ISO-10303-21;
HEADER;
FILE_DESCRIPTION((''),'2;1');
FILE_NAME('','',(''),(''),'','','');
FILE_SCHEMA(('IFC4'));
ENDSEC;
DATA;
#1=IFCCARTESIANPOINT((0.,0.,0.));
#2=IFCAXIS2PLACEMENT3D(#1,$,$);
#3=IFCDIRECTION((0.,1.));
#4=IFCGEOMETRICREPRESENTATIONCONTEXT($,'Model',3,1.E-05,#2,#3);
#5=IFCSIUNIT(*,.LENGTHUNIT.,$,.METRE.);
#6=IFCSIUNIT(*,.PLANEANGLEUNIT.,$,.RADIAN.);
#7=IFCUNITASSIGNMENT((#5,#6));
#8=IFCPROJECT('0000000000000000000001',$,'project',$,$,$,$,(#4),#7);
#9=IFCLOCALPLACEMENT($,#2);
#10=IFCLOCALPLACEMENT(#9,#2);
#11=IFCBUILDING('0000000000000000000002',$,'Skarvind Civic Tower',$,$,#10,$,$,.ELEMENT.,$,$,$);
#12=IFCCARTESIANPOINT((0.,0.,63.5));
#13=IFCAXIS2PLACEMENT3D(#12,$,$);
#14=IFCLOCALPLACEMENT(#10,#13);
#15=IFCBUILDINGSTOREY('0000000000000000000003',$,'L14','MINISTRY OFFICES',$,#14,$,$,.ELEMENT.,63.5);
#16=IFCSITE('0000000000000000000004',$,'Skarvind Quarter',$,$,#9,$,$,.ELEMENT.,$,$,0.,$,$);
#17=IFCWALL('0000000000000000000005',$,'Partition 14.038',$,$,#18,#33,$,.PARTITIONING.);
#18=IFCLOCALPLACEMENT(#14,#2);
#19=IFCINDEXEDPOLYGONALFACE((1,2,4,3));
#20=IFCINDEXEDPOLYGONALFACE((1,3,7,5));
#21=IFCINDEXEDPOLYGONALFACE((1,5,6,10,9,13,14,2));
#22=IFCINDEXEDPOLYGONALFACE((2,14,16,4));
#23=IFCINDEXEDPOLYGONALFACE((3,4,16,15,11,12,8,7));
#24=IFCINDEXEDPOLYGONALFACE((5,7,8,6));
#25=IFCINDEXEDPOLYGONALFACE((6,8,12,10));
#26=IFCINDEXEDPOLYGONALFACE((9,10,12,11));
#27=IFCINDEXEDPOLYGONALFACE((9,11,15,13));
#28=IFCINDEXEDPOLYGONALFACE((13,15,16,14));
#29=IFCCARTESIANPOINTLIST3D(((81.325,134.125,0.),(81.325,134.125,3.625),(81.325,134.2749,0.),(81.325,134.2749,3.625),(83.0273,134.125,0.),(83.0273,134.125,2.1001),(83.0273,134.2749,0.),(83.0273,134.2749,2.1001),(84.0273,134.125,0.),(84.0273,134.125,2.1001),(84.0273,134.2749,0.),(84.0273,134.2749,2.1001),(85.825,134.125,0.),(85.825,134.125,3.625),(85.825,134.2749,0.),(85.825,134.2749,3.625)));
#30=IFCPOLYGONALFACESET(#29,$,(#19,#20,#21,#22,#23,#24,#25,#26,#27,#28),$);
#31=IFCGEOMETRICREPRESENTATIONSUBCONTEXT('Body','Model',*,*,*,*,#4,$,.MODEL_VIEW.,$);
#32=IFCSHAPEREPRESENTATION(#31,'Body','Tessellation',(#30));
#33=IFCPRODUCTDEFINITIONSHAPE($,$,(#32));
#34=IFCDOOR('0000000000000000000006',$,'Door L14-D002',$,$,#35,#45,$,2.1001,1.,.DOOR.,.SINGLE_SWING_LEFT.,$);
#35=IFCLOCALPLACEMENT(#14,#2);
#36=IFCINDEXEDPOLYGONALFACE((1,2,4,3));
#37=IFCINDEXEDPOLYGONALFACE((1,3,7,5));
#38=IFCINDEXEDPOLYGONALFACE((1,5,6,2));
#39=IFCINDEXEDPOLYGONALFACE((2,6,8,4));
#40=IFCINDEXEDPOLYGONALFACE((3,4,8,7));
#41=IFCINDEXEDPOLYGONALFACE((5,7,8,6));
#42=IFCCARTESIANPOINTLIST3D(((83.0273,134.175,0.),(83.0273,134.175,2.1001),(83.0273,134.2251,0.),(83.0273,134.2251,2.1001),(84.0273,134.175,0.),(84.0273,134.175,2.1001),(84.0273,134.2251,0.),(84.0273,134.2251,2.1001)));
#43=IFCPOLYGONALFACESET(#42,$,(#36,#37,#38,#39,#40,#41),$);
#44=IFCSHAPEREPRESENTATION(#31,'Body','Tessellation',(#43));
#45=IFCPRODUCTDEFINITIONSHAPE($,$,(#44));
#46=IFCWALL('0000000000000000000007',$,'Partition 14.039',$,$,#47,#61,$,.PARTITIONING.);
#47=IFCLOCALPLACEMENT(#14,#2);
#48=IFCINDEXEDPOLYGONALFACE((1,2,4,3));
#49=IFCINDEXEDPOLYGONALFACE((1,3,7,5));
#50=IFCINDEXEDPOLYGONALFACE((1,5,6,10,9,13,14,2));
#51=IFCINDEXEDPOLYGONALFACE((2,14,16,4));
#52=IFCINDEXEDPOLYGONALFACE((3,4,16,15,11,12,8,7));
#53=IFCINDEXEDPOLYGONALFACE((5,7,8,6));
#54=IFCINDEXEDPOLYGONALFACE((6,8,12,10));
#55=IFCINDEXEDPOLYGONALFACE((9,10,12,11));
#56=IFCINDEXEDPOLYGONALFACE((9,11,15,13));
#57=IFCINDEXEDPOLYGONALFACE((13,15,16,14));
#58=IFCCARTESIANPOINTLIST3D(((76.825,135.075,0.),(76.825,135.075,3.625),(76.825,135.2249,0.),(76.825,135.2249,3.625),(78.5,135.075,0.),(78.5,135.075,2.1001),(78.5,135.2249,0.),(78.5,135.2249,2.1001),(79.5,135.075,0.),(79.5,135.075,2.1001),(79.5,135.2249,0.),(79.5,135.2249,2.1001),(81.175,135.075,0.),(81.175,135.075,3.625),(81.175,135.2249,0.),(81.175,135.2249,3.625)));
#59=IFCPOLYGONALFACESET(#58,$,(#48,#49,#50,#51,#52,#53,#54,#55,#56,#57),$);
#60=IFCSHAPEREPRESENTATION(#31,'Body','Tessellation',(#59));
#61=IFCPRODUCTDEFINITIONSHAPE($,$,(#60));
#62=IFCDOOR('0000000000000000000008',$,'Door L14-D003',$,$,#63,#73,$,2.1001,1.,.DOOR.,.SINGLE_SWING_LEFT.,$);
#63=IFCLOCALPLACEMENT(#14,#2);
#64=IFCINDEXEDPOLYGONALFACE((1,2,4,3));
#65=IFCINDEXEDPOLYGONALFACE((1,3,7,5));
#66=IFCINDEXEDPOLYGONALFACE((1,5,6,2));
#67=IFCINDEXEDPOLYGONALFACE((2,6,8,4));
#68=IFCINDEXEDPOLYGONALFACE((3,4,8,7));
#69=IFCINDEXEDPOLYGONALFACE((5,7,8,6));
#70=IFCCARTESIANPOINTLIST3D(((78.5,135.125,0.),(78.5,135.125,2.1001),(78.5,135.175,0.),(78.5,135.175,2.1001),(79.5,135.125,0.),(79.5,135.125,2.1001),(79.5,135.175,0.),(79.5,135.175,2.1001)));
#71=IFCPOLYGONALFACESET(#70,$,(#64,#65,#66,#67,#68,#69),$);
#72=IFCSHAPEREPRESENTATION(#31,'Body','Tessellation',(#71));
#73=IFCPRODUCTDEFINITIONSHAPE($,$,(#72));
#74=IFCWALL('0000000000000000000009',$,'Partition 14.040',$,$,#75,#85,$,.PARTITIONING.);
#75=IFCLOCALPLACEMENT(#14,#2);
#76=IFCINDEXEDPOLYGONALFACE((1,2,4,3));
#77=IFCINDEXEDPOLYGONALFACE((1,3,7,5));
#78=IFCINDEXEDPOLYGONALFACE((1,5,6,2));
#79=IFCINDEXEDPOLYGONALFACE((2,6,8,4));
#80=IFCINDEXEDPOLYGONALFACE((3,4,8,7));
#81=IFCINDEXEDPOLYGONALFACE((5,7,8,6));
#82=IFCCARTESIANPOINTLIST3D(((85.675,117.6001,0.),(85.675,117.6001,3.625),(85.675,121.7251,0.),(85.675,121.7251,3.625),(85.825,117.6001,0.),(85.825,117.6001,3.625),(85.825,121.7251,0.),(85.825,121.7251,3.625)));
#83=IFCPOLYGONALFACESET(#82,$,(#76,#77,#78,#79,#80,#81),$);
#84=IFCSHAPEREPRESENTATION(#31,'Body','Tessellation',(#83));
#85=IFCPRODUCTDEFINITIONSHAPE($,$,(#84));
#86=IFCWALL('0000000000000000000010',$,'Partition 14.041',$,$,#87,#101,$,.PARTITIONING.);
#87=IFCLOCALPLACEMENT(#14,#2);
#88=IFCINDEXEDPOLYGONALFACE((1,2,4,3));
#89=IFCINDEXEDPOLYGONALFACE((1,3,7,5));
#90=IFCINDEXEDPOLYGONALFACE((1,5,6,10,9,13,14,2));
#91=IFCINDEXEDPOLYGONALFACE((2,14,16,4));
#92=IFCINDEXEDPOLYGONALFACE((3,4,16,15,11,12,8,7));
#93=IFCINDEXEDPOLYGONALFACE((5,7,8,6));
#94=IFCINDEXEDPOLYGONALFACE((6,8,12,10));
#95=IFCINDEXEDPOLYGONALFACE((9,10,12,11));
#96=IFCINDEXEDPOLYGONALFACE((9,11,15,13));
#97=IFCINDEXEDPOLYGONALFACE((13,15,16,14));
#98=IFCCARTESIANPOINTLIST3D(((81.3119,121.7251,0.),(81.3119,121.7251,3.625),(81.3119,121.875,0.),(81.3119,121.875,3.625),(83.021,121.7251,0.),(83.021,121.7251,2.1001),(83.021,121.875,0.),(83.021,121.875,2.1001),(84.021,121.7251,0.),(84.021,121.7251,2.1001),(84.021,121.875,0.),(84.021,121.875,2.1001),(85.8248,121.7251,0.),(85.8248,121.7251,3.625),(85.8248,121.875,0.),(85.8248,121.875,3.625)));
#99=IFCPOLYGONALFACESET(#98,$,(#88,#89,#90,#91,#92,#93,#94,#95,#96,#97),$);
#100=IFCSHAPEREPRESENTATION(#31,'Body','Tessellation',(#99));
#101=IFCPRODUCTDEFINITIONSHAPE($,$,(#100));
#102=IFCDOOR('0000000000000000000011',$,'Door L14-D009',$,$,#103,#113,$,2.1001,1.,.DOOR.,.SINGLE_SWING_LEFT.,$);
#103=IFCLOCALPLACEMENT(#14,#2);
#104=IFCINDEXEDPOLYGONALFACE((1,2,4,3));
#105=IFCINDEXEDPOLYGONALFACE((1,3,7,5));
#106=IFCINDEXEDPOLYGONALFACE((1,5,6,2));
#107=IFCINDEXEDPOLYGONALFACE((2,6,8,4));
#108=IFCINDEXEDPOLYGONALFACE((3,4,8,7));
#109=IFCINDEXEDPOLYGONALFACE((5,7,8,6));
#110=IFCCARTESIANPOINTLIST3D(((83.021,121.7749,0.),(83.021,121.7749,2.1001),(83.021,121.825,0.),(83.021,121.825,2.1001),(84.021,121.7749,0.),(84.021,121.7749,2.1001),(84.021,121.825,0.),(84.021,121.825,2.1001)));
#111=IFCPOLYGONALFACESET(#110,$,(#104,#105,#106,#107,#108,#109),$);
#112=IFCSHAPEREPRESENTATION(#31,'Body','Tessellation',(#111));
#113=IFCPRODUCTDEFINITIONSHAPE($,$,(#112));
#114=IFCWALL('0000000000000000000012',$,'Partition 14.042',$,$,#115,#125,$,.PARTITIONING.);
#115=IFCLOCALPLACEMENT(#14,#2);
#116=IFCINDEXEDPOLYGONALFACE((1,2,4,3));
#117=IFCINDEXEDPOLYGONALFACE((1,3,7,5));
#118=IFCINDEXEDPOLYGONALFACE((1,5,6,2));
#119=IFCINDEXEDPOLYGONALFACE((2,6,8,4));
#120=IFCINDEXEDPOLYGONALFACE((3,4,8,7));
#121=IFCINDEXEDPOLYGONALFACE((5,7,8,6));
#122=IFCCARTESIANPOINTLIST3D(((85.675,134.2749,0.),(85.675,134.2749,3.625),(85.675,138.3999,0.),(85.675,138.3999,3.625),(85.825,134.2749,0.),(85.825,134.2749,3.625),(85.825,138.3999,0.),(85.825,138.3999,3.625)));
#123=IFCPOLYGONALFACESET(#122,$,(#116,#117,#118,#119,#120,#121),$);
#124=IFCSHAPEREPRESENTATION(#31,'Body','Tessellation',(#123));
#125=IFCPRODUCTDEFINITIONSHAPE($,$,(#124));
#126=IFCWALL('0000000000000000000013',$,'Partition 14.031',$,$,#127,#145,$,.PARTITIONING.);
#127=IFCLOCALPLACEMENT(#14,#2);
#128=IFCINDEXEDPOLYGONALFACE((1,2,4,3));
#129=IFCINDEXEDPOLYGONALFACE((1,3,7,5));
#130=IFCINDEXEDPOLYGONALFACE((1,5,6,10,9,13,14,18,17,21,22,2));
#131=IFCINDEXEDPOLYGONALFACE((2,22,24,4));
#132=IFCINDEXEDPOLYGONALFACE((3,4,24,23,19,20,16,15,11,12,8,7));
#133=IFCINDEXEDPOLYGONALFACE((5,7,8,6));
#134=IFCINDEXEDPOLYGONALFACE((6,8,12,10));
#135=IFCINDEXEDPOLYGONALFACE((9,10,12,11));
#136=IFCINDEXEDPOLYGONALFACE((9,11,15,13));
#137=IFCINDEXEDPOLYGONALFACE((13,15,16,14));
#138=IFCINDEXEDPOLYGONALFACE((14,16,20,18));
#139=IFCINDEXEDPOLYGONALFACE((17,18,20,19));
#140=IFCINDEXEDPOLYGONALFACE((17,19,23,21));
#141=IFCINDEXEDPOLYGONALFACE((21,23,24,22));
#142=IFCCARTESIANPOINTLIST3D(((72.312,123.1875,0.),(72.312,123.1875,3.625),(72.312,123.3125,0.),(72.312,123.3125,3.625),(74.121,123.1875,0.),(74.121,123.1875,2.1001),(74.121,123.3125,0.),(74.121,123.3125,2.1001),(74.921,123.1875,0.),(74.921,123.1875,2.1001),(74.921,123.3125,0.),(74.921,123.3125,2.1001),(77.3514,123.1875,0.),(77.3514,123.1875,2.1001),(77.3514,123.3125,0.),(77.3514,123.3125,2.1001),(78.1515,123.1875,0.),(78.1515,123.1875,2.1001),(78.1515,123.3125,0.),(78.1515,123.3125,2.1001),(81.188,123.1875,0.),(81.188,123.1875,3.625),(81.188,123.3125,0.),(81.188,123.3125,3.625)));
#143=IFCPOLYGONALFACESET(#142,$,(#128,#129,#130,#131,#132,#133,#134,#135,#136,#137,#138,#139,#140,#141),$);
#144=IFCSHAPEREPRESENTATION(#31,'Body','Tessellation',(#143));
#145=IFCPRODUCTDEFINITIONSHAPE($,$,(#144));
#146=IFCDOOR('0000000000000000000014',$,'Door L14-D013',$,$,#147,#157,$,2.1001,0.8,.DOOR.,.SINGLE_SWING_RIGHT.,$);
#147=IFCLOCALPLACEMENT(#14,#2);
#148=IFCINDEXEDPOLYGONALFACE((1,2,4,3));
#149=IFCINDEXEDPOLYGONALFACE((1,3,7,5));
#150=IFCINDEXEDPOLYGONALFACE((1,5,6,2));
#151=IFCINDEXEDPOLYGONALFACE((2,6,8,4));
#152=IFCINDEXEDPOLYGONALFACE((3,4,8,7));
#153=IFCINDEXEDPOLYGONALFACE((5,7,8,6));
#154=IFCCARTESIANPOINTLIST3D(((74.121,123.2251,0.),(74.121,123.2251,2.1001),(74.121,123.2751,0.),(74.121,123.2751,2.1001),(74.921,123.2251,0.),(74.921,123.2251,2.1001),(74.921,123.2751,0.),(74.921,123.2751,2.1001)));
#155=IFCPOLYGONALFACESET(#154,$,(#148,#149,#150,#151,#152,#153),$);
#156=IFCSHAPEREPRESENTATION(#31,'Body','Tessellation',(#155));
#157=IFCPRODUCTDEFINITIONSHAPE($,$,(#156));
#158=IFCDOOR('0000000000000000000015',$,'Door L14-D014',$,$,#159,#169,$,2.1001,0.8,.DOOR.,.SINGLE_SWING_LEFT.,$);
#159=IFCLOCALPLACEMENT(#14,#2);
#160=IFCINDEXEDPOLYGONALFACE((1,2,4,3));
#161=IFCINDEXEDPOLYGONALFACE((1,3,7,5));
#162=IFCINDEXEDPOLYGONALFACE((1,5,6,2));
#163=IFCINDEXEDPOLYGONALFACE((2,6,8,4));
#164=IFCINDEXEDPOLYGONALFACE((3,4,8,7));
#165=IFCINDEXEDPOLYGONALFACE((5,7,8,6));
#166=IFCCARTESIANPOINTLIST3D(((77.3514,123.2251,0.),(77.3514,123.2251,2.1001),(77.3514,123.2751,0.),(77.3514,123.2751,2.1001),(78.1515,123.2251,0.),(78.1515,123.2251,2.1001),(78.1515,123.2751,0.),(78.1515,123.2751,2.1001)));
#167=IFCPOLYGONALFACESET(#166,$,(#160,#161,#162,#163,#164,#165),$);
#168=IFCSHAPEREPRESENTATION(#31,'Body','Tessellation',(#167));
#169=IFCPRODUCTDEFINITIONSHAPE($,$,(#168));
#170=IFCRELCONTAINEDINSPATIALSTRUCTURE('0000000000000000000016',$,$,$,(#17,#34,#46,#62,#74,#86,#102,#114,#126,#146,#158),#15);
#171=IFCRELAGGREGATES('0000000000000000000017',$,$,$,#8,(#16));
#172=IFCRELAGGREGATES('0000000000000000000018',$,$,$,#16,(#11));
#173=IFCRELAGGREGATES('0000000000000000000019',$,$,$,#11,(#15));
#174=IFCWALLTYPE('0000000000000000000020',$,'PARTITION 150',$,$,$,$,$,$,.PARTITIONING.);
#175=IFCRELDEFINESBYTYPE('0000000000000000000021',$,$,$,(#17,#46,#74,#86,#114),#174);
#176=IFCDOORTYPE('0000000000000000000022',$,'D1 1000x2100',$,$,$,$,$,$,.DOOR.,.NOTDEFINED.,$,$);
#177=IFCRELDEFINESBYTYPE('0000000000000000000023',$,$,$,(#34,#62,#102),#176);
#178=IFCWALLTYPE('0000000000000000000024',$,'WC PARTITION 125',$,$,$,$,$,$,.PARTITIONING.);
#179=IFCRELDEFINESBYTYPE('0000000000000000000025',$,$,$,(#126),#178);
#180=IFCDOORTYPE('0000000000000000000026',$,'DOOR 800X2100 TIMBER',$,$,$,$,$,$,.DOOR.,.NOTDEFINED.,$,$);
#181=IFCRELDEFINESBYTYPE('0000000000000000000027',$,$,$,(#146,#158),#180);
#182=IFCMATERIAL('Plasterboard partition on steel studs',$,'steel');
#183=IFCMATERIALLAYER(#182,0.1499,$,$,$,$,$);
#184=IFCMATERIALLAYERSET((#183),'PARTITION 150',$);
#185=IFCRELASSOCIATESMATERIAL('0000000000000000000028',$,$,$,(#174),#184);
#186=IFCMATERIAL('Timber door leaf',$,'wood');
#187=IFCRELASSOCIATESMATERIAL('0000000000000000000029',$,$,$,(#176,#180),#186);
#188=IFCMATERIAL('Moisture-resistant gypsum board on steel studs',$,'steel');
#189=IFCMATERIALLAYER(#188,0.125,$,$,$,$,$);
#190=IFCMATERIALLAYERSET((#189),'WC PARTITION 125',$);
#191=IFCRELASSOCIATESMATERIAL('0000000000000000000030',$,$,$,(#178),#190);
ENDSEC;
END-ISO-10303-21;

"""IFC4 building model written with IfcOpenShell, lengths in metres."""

from ifc_helpers import new_model, si_unit, direction, frame, frame_2d, origin, place, context, subcontext, project, spatial, rectangle, extrude, material, layer, layer_set, type_object, element, fill, save


model = new_model("IFC4")

# Units and contexts
model_context = context("Model", 3, precision=1e-05, world=origin(), true_north=direction((0.0, 1.0)))
body_context = subcontext(model_context, "Body", "Model", "MODEL_VIEW")
ifc_project = project(units=[si_unit("LENGTHUNIT", "METRE"), si_unit("PLANEANGLEUNIT", "RADIAN")], contexts=[model_context])

# Site, building, storey
site_placement = place(None, origin())
site = spatial("IfcSite", under=ifc_project, at=site_placement, Name="Skarvind Quarter", CompositionType="ELEMENT", RefElevation=0.0)
building_placement = place(site_placement, origin())
building = spatial("IfcBuilding", under=site, at=building_placement, Name="Skarvind Civic Tower", CompositionType="ELEMENT")
storey_placement = place(building_placement, frame((0.0, 0.0, 63.5)))
storey = spatial("IfcBuildingStorey", under=building, at=storey_placement, Name="L14", Description="MINISTRY OFFICES", CompositionType="ELEMENT", Elevation=63.5)

# Shared definitions
ifc_material_1 = material(Name="Plasterboard partition on steel studs", Category="steel")
ifc_layer_1 = layer(ifc_material_1, 0.1499)
ifc_layer_set_1 = layer_set([ifc_layer_1], Name="PARTITION 150")
wall_type_1 = type_object("IfcWallType", Name="PARTITION 150", PredefinedType="PARTITIONING", material=ifc_layer_set_1)

# Walls, openings, doors
ifc_material_2 = material(Name="Timber door leaf", Category="wood")
wall_1_placement = place(storey_placement, frame((85.825, 134.2, 0.0), z_axis=(0.0, 0.0, 1.0), x_axis=(-1.0, 0.0, 0.0)))
wall_1 = element("IfcWall", 1, at=wall_1_placement, inside=storey, type_object=wall_type_1, Name="Partition 14.038", PredefinedType="PARTITIONING", context=body_context, shape_type="SweptSolid", body=[
    extrude(rectangle(XDim=4.5, YDim=0.1499, at=frame_2d((2.25, 0.0))), origin(), (0.0, 0.0, 1.0), 3.625),
])
opening_1_placement = place(wall_1_placement, frame((1.7976, 0.0, 0.0)))
opening_1 = element("IfcOpeningElement", 2, at=opening_1_placement, cuts=wall_1, PredefinedType="OPENING", context=body_context, shape_type="SweptSolid", body=[
    extrude(rectangle(XDim=1.0, YDim=2.1001, at=frame_2d((0.5, 1.05))), frame((0.0, 0.085, 0.0), z_axis=(0.0, -1.0, 0.0), x_axis=(1.0, 0.0, 0.0)), (0.0, 0.0, 1.0), 0.1699),
])
door_type_1 = type_object("IfcDoorType", Name="D1 1000x2100", OperationType="NOTDEFINED", PredefinedType="DOOR", material=ifc_material_2)
door_1_placement = place(opening_1_placement, origin())
door_1 = element("IfcDoor", 3, at=door_1_placement, inside=storey, type_object=door_type_1, Name="Door L14-D002", OperationType="SINGLE_SWING_LEFT", OverallHeight=2.1001, OverallWidth=1.0, PredefinedType="DOOR", context=body_context, shape_type="SweptSolid", body=[
    extrude(rectangle(XDim=1.0, YDim=2.1001, at=frame_2d((0.5, 1.05))), frame((0.0, 0.0249, 0.0), z_axis=(0.0, -1.0, 0.0), x_axis=(1.0, 0.0, 0.0)), (0.0, 0.0, 1.0), 0.05),
])
fill(opening_1, door_1)
wall_2_placement = place(storey_placement, frame((81.175, 135.1499, 0.0), z_axis=(0.0, 0.0, 1.0), x_axis=(-1.0, 0.0, 0.0)))
wall_2 = element("IfcWall", 4, at=wall_2_placement, inside=storey, type_object=wall_type_1, Name="Partition 14.039", PredefinedType="PARTITIONING", context=body_context, shape_type="SweptSolid", body=[
    extrude(rectangle(XDim=4.3501, YDim=0.1499, at=frame_2d((2.175, 0.0))), origin(), (0.0, 0.0, 1.0), 3.625),
])
opening_2_placement = place(wall_2_placement, frame((1.675, 0.0, 0.0)))
opening_2 = element("IfcOpeningElement", 5, at=opening_2_placement, cuts=wall_2, PredefinedType="OPENING", context=body_context, shape_type="SweptSolid", body=[
    extrude(rectangle(XDim=1.0, YDim=2.1001, at=frame_2d((0.5, 1.05))), frame((0.0, 0.085, 0.0), z_axis=(0.0, -1.0, 0.0), x_axis=(1.0, 0.0, 0.0)), (0.0, 0.0, 1.0), 0.1699),
])
door_2_placement = place(opening_2_placement, origin())
door_2 = element("IfcDoor", 6, at=door_2_placement, inside=storey, type_object=door_type_1, Name="Door L14-D003", OperationType="SINGLE_SWING_LEFT", OverallHeight=2.1001, OverallWidth=1.0, PredefinedType="DOOR", context=body_context, shape_type="SweptSolid", body=[
    extrude(rectangle(XDim=1.0, YDim=2.1001, at=frame_2d((0.5, 1.05))), frame((0.0, 0.0249, 0.0), z_axis=(0.0, -1.0, 0.0), x_axis=(1.0, 0.0, 0.0)), (0.0, 0.0, 1.0), 0.05),
])
fill(opening_2, door_2)

# Wall
wall_3_placement = place(storey_placement, frame((85.75, 117.6001, 0.0), z_axis=(0.0, 0.0, 1.0), x_axis=(0.0, 1.0, 0.0)))
element("IfcWall", 7, at=wall_3_placement, inside=storey, type_object=wall_type_1, Name="Partition 14.040", PredefinedType="PARTITIONING", context=body_context, shape_type="SweptSolid", body=[
    extrude(rectangle(XDim=4.125, YDim=0.1499, at=frame_2d((2.0625, 0.0))), origin(), (0.0, 0.0, 1.0), 3.625),
])

# Wall, opening, door
wall_4_placement = place(storey_placement, frame((81.312, 121.8, 0.0), z_axis=(0.0, 0.0, 1.0), x_axis=(1.0, 0.0, 0.0)))
wall_4 = element("IfcWall", 8, at=wall_4_placement, inside=storey, type_object=wall_type_1, Name="Partition 14.041", PredefinedType="PARTITIONING", context=body_context, shape_type="SweptSolid", body=[
    extrude(rectangle(XDim=4.5129, YDim=0.1499, at=frame_2d((2.2563, 0.0))), origin(), (0.0, 0.0, 1.0), 3.625),
])
opening_3_placement = place(wall_4_placement, frame((1.709, 0.0, 0.0)))
opening_3 = element("IfcOpeningElement", 9, at=opening_3_placement, cuts=wall_4, PredefinedType="OPENING", context=body_context, shape_type="SweptSolid", body=[
    extrude(rectangle(XDim=1.0, YDim=2.1001, at=frame_2d((0.5, 1.05))), frame((0.0, 0.085, 0.0), z_axis=(0.0, -1.0, 0.0), x_axis=(1.0, 0.0, 0.0)), (0.0, 0.0, 1.0), 0.1699),
])
door_3_placement = place(opening_3_placement, origin())
door_3 = element("IfcDoor", 10, at=door_3_placement, inside=storey, type_object=door_type_1, Name="Door L14-D009", OperationType="SINGLE_SWING_LEFT", OverallHeight=2.1001, OverallWidth=1.0, PredefinedType="DOOR", context=body_context, shape_type="SweptSolid", body=[
    extrude(rectangle(XDim=1.0, YDim=2.1001, at=frame_2d((0.5, 1.05))), frame((0.0, 0.0249, 0.0), z_axis=(0.0, -1.0, 0.0), x_axis=(1.0, 0.0, 0.0)), (0.0, 0.0, 1.0), 0.05),
])
fill(opening_3, door_3)

# Wall
wall_5_placement = place(storey_placement, frame((85.75, 134.2749, 0.0), z_axis=(0.0, 0.0, 1.0), x_axis=(0.0, 1.0, 0.0)))
element("IfcWall", 11, at=wall_5_placement, inside=storey, type_object=wall_type_1, Name="Partition 14.042", PredefinedType="PARTITIONING", context=body_context, shape_type="SweptSolid", body=[
    extrude(rectangle(XDim=4.125, YDim=0.1499, at=frame_2d((2.0625, 0.0))), origin(), (0.0, 0.0, 1.0), 3.625),
])

# Wall, openings, doors
ifc_material_3 = material(Name="Moisture-resistant gypsum board on steel studs", Category="steel")
ifc_layer_2 = layer(ifc_material_3, 0.125)
ifc_layer_set_2 = layer_set([ifc_layer_2], Name="WC PARTITION 125")
wall_type_2 = type_object("IfcWallType", Name="WC PARTITION 125", PredefinedType="PARTITIONING", material=ifc_layer_set_2)
wall_6_placement = place(storey_placement, frame((81.188, 123.25, 0.0), z_axis=(0.0, 0.0, 1.0), x_axis=(-1.0, 0.0, 0.0)))
wall_6 = element("IfcWall", 12, at=wall_6_placement, inside=storey, type_object=wall_type_2, Name="Partition 14.031", PredefinedType="PARTITIONING", context=body_context, shape_type="SweptSolid", body=[
    extrude(rectangle(XDim=8.876, YDim=0.125, at=frame_2d((4.438, 0.0))), origin(), (0.0, 0.0, 1.0), 3.625),
])
opening_4_placement = place(wall_6_placement, frame((6.2671, 0.0, 0.0)))
opening_4 = element("IfcOpeningElement", 13, at=opening_4_placement, cuts=wall_6, PredefinedType="OPENING", context=body_context, shape_type="SweptSolid", body=[
    extrude(rectangle(XDim=0.8, YDim=2.1001, at=frame_2d((0.3999, 1.05))), frame((0.0, 0.0725, 0.0), z_axis=(0.0, -1.0, 0.0), x_axis=(1.0, 0.0, 0.0)), (0.0, 0.0, 1.0), 0.145),
])
opening_5_placement = place(wall_6_placement, frame((3.0366, 0.0, 0.0)))
opening_5 = element("IfcOpeningElement", 14, at=opening_5_placement, cuts=wall_6, PredefinedType="OPENING", context=body_context, shape_type="SweptSolid", body=[
    extrude(rectangle(XDim=0.8, YDim=2.1001, at=frame_2d((0.3999, 1.05))), frame((0.0, 0.0725, 0.0), z_axis=(0.0, -1.0, 0.0), x_axis=(1.0, 0.0, 0.0)), (0.0, 0.0, 1.0), 0.145),
])
door_type_2 = type_object("IfcDoorType", Name="DOOR 800X2100 TIMBER", OperationType="NOTDEFINED", PredefinedType="DOOR", material=ifc_material_2)
door_4_placement = place(opening_4_placement, origin())
door_4 = element("IfcDoor", 15, at=door_4_placement, inside=storey, type_object=door_type_2, Name="Door L14-D013", OperationType="SINGLE_SWING_RIGHT", OverallHeight=2.1001, OverallWidth=0.8, PredefinedType="DOOR", context=body_context, shape_type="SweptSolid", body=[
    extrude(rectangle(XDim=0.8, YDim=2.1001, at=frame_2d((0.3999, 1.05))), frame((0.0, 0.0249, 0.0), z_axis=(0.0, -1.0, 0.0), x_axis=(1.0, 0.0, 0.0)), (0.0, 0.0, 1.0), 0.05),
])
fill(opening_4, door_4)
door_5_placement = place(opening_5_placement, origin())
door_5 = element("IfcDoor", 16, at=door_5_placement, inside=storey, type_object=door_type_2, Name="Door L14-D014", OperationType="SINGLE_SWING_LEFT", OverallHeight=2.1001, OverallWidth=0.8, PredefinedType="DOOR", context=body_context, shape_type="SweptSolid", body=[
    extrude(rectangle(XDim=0.8, YDim=2.1001, at=frame_2d((0.3999, 1.05))), frame((0.0, 0.0249, 0.0), z_axis=(0.0, -1.0, 0.0), x_axis=(1.0, 0.0, 0.0)), (0.0, 0.0, 1.0), 0.05),
])
fill(opening_5, door_5)

save(model, "model.ifc")
